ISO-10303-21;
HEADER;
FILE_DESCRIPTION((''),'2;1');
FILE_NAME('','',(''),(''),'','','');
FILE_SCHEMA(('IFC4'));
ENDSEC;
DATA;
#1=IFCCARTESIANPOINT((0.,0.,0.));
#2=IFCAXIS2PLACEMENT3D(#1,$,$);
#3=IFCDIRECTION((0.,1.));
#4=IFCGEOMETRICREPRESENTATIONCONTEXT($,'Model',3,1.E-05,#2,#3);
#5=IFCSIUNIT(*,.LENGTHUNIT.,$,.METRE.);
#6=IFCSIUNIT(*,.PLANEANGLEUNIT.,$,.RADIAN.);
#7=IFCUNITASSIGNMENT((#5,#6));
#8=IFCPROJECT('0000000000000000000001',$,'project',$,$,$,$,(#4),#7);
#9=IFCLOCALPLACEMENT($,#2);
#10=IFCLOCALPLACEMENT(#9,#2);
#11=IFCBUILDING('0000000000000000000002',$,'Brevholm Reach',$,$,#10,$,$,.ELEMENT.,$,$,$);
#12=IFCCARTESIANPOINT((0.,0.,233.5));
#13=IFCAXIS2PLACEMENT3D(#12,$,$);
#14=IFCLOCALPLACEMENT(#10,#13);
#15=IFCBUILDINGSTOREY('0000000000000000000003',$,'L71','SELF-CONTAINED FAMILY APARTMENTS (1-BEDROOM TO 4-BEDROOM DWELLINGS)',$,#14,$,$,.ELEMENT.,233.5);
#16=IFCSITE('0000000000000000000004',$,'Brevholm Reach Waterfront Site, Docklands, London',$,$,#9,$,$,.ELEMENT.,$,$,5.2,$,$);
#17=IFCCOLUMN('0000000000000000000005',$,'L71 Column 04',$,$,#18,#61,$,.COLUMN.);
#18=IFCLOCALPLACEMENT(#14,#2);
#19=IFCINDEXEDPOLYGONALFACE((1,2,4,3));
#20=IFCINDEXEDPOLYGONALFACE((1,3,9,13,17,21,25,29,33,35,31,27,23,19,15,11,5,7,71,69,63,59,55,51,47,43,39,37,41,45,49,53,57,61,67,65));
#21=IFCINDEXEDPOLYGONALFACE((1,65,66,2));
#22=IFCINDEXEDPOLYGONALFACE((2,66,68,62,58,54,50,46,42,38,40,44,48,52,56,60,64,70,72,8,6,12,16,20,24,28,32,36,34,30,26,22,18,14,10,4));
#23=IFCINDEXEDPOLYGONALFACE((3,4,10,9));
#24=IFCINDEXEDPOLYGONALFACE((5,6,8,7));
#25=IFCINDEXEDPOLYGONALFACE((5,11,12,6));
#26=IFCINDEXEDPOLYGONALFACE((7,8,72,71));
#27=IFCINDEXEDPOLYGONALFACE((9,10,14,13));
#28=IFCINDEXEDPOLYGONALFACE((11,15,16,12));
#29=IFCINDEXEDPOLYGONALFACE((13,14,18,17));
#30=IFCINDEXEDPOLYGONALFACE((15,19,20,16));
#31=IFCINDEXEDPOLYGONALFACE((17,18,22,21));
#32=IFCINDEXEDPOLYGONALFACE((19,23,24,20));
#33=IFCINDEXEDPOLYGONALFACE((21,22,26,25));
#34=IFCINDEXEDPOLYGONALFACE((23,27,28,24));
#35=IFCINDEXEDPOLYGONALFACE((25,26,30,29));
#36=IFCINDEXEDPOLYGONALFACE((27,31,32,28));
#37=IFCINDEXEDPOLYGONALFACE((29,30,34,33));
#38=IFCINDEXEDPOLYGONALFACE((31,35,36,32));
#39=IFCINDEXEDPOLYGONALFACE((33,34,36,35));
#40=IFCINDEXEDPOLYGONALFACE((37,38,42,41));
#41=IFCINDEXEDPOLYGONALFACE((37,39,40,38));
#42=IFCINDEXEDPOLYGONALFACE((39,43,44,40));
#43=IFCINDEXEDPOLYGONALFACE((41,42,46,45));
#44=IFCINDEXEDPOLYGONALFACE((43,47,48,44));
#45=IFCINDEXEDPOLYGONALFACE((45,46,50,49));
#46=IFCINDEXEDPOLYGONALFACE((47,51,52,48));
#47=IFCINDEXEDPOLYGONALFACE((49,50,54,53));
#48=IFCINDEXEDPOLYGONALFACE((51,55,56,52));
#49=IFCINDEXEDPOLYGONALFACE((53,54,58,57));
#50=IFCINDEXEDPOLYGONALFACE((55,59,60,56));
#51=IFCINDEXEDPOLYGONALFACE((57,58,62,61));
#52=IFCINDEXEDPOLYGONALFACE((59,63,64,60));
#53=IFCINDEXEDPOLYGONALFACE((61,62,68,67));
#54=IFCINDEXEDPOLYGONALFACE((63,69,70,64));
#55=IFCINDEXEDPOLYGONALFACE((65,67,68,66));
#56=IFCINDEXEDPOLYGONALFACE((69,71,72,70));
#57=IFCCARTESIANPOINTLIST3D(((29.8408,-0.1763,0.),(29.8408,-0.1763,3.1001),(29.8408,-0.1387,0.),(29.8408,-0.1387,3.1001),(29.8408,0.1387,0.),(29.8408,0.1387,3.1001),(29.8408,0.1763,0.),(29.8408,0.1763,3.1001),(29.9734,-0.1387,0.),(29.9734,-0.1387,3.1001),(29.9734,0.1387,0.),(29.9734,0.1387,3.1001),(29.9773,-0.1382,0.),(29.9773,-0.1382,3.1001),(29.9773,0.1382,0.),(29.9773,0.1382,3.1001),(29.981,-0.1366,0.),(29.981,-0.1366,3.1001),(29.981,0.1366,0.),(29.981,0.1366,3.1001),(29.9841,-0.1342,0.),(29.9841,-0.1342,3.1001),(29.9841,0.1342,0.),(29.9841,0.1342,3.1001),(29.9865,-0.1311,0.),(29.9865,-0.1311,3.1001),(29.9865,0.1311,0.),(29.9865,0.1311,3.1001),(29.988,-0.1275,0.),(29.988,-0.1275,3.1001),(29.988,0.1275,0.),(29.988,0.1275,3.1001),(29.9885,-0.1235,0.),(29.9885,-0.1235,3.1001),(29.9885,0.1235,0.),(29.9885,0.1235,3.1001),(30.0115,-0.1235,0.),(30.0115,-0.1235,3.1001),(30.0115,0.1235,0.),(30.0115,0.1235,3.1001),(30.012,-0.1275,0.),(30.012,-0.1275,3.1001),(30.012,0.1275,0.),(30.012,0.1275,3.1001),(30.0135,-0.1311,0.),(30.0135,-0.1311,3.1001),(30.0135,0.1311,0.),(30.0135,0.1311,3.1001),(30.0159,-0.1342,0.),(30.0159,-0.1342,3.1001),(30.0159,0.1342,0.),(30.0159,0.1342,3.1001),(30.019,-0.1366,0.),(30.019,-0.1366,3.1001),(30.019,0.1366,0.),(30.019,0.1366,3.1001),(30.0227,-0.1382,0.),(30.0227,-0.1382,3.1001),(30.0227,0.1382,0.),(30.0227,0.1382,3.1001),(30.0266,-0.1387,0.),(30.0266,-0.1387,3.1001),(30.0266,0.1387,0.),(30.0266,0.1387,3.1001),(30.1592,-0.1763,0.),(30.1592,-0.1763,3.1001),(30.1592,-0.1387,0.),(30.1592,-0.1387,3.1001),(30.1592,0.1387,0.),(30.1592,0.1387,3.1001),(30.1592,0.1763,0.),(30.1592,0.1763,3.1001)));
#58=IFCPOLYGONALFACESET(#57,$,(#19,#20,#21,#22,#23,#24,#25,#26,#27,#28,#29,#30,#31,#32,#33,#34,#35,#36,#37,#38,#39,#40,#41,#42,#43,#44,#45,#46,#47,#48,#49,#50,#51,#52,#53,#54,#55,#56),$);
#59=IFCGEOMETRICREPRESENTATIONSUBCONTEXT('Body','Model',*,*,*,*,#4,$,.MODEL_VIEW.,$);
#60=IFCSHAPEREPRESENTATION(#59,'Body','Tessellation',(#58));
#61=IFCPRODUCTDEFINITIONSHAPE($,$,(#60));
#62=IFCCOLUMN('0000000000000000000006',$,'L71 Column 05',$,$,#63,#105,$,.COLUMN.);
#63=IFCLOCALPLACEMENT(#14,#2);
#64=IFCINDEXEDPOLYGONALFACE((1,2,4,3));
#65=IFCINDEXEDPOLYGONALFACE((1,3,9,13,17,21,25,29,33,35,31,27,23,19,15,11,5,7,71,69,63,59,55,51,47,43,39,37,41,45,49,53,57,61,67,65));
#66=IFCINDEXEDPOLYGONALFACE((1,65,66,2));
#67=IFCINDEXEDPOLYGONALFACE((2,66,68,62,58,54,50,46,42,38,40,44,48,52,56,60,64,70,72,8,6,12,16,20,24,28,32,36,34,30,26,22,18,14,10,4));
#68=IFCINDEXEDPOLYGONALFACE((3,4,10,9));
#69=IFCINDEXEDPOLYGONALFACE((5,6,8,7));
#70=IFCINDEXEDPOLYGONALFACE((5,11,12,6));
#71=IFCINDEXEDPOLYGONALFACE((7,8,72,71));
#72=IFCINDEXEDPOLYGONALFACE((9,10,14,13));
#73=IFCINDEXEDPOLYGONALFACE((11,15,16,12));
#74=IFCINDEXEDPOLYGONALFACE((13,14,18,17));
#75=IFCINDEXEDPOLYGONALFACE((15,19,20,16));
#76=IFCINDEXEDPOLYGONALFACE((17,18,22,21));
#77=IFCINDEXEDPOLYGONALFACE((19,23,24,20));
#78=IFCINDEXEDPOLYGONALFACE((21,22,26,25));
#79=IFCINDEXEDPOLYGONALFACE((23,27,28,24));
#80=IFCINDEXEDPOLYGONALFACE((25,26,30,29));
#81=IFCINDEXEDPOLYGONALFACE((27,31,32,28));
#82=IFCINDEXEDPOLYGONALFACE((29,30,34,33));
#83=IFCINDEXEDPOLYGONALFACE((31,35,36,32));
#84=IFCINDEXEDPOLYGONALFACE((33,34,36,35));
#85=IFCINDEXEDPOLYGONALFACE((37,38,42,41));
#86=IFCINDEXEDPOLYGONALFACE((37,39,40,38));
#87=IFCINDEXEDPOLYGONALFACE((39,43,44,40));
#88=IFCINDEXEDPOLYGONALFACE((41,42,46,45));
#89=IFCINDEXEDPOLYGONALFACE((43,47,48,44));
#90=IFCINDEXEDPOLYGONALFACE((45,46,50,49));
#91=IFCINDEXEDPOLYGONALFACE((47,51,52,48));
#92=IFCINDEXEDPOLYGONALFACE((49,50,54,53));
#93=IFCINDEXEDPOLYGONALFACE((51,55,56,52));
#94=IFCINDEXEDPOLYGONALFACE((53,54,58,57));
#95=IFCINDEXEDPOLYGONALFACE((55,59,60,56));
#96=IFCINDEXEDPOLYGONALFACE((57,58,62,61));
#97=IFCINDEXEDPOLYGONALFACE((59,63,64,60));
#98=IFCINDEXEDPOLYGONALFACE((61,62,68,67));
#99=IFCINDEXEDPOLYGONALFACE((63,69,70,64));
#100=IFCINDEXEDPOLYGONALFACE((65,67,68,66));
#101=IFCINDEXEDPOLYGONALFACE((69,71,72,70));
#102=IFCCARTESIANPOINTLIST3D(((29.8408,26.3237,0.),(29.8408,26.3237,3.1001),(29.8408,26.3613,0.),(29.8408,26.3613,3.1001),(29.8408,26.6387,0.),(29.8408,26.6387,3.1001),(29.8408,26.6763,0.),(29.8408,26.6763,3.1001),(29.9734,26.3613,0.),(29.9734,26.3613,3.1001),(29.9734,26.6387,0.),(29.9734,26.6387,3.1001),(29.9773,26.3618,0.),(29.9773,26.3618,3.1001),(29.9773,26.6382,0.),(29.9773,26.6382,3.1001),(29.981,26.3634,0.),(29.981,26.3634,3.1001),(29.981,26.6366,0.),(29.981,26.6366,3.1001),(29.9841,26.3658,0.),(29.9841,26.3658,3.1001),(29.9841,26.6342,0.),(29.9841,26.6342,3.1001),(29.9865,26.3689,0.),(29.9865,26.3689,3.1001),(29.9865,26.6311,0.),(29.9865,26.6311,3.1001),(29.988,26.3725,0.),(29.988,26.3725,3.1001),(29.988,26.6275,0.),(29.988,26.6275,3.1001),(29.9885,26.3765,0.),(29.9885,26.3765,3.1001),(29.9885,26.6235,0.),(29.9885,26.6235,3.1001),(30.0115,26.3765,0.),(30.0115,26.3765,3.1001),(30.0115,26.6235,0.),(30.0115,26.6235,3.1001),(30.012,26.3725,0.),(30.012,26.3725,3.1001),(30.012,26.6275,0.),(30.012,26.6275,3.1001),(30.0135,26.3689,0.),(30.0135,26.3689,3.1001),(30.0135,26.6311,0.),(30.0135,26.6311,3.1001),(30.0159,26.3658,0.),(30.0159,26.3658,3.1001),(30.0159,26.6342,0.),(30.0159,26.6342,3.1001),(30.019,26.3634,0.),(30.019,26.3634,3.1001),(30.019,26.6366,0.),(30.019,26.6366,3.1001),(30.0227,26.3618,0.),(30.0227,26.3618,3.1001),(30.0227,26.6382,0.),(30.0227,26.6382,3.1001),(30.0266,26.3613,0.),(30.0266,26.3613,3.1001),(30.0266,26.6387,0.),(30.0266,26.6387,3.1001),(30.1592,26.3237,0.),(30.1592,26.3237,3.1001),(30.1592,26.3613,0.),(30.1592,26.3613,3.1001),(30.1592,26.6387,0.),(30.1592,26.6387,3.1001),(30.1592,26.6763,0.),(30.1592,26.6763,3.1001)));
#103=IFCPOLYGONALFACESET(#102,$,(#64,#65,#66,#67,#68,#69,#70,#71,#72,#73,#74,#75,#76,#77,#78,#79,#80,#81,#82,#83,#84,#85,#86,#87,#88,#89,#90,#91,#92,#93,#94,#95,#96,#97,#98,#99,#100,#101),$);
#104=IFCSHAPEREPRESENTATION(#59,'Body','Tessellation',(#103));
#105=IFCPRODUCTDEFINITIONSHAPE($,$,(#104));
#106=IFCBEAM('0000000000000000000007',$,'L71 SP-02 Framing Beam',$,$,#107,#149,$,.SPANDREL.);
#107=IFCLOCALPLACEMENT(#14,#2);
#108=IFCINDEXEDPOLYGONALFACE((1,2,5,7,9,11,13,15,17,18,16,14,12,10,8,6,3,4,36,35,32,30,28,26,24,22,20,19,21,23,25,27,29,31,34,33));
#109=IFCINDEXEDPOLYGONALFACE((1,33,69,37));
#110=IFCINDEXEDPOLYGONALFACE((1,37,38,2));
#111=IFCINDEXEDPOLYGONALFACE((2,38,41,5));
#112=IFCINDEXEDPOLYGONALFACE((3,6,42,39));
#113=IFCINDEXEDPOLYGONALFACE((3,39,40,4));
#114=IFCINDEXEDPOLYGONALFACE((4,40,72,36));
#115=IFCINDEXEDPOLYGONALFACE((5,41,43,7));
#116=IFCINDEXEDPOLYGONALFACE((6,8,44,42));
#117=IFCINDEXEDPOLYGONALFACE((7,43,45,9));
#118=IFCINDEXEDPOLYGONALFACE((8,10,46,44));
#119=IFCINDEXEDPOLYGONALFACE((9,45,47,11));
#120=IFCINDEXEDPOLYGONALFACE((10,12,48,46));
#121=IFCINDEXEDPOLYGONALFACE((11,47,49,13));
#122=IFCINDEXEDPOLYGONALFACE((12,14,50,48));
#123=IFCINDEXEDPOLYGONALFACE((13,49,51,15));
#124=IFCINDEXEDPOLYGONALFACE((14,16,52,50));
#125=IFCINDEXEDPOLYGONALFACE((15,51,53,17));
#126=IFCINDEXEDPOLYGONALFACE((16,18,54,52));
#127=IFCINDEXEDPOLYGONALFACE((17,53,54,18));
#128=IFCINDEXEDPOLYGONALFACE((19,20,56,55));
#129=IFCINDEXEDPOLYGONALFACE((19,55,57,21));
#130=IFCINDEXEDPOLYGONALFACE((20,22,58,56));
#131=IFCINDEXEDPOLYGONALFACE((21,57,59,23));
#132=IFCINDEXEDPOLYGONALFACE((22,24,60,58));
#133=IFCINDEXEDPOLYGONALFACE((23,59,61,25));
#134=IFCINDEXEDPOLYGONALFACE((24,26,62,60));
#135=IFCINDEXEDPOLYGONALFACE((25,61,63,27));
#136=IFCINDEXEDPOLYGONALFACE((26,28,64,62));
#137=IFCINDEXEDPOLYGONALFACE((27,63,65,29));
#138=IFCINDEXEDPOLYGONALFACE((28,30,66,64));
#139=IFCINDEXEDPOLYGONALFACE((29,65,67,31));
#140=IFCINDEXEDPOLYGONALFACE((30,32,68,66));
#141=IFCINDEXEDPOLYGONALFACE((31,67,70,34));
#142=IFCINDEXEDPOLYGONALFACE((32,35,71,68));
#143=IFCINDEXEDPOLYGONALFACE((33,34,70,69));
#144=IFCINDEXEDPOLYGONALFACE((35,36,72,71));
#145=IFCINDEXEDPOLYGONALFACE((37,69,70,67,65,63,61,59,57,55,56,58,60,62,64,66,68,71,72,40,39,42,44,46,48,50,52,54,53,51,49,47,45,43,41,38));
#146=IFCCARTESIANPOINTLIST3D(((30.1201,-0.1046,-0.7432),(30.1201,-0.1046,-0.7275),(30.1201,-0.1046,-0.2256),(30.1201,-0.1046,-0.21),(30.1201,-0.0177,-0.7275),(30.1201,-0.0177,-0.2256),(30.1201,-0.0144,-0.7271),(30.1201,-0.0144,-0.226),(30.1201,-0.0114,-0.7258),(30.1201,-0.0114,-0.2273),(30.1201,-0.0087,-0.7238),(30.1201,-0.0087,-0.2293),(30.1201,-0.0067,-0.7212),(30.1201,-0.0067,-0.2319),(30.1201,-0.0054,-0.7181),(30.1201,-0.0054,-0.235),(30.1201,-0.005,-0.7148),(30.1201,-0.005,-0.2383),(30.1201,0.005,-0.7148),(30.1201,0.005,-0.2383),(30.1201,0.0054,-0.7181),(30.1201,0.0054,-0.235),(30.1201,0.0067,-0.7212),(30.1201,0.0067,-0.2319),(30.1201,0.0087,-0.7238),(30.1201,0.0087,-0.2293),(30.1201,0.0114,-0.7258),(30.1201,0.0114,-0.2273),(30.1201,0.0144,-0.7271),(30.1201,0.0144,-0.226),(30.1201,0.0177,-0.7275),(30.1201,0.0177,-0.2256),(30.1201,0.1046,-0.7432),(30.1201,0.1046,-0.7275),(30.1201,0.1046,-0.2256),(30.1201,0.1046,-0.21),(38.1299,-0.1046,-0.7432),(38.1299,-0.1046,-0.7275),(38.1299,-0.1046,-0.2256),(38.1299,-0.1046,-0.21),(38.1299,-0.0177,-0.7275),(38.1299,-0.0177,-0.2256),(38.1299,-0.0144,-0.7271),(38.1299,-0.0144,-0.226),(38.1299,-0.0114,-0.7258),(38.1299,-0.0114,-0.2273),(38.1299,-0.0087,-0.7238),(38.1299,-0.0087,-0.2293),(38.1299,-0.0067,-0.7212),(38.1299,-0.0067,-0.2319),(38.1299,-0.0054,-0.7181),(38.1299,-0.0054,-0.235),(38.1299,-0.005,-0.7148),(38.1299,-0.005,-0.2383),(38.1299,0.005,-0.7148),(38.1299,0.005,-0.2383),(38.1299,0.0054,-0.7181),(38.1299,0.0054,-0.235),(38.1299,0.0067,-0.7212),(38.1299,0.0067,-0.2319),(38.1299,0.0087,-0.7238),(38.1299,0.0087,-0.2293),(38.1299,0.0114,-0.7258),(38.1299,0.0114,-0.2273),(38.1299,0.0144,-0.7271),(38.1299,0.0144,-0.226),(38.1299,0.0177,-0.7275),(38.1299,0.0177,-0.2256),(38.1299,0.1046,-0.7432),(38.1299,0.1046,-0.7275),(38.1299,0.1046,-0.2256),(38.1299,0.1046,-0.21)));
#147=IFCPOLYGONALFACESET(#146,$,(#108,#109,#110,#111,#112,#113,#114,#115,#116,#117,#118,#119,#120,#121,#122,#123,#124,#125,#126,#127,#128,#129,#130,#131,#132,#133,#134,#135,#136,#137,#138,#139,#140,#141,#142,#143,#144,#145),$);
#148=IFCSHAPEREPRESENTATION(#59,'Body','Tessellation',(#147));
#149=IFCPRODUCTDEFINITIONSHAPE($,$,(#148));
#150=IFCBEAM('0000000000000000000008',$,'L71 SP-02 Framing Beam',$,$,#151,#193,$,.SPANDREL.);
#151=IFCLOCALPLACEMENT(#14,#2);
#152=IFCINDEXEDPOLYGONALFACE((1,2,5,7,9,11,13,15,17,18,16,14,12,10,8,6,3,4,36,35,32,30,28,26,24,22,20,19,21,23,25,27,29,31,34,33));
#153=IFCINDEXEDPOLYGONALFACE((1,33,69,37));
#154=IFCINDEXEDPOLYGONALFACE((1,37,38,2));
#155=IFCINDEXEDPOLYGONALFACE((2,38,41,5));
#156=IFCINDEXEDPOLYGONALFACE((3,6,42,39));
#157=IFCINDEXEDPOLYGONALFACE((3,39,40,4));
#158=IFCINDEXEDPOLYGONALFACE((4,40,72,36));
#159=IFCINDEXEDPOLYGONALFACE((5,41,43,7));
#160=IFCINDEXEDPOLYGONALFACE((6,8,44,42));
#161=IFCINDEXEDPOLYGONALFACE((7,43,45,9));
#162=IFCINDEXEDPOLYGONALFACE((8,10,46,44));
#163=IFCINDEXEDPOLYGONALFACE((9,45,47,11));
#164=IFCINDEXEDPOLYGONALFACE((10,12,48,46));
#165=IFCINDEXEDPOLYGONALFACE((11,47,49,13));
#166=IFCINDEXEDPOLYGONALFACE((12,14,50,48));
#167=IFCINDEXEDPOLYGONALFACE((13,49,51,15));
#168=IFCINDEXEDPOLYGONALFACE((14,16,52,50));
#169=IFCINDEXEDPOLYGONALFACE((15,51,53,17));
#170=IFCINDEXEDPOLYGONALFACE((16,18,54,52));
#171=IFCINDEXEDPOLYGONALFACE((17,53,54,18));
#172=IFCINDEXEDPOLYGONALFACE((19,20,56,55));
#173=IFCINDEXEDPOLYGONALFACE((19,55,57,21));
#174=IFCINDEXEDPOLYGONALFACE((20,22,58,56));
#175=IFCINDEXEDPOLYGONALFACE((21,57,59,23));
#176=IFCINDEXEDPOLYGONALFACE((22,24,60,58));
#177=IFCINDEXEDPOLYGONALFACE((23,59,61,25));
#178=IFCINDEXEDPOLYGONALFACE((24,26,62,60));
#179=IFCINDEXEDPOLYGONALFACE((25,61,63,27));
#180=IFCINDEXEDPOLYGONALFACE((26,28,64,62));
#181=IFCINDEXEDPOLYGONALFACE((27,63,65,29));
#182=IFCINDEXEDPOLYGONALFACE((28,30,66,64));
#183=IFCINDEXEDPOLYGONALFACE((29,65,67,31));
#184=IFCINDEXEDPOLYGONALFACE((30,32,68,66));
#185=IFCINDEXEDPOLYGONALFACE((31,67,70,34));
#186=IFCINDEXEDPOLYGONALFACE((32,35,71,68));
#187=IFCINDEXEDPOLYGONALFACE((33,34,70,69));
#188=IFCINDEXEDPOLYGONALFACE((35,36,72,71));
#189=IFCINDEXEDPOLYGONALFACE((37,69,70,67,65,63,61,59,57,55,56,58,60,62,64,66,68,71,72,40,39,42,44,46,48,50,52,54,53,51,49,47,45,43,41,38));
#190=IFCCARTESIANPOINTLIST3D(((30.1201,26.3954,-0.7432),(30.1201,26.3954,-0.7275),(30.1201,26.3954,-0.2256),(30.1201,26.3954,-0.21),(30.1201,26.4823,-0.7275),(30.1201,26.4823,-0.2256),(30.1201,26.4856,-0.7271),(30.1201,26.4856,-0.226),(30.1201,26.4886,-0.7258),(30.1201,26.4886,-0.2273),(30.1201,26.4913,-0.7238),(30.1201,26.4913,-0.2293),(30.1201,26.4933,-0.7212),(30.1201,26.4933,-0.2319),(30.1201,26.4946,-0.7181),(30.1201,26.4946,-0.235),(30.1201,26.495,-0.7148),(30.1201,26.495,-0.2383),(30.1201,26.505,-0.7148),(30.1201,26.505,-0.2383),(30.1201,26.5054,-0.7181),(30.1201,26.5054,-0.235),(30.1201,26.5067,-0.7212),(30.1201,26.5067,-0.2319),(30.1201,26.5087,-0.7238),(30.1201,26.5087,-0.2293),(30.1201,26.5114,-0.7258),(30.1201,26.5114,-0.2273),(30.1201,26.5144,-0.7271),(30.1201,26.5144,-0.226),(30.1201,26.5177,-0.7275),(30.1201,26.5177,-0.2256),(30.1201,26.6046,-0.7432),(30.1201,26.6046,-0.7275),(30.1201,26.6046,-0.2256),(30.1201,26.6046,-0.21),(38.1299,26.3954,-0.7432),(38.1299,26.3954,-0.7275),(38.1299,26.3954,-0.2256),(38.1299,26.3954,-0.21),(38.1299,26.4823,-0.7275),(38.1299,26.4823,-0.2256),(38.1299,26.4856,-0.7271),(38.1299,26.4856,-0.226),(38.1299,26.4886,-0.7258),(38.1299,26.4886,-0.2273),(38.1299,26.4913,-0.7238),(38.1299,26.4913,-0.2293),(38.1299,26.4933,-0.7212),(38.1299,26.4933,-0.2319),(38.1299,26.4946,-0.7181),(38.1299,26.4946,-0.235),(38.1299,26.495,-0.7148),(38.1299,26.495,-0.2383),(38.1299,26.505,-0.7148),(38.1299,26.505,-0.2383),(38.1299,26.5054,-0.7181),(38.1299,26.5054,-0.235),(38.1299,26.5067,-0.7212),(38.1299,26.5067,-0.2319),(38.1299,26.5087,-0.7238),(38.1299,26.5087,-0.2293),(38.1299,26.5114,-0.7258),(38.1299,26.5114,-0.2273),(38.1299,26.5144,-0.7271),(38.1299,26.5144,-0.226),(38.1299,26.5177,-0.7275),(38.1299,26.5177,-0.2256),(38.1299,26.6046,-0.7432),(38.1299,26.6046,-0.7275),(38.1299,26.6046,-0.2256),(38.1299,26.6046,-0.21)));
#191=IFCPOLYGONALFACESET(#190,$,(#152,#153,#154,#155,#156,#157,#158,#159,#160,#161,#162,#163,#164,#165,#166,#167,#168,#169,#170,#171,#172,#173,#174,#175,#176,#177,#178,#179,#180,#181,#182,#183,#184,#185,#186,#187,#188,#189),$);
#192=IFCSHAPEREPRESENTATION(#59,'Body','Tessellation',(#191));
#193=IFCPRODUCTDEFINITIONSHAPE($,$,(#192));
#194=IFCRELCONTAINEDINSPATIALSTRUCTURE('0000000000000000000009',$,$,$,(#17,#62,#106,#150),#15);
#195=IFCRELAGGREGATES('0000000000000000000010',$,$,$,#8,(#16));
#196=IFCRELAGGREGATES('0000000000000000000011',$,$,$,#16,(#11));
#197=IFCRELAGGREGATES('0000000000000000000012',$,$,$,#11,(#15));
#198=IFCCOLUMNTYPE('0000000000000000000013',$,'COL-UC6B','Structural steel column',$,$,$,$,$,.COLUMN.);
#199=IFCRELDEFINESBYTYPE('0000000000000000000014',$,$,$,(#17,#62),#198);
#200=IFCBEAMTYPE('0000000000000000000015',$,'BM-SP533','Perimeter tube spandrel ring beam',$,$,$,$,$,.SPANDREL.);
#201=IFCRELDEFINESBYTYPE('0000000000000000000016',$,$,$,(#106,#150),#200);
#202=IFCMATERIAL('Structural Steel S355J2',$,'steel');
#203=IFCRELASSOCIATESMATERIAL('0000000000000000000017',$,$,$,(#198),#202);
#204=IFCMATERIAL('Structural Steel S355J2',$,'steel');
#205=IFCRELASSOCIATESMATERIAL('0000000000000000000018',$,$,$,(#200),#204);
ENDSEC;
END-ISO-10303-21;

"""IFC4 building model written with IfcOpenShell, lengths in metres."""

from ifc_helpers import new_model, si_unit, direction, frame, origin, origin_2d, place, context, subcontext, project, spatial, i_section, extrude, material, material_profile, profile_set, type_object, element, save


model = new_model("IFC4")

# Units and contexts
model_context = context("Model", 3, precision=1e-05, world=origin(), true_north=direction((0.0, 1.0)))
body_context = subcontext(model_context, "Body", "Model", "MODEL_VIEW")
ifc_project = project(units=[si_unit("LENGTHUNIT", "METRE"), si_unit("PLANEANGLEUNIT", "RADIAN")], contexts=[model_context])

# Site, building, storey
site_placement = place(None, origin())
site = spatial("IfcSite", under=ifc_project, at=site_placement, Name="Brevholm Reach Waterfront Site, Docklands, London", CompositionType="ELEMENT", RefElevation=5.2)
building_placement = place(site_placement, origin())
building = spatial("IfcBuilding", under=site, at=building_placement, Name="Brevholm Reach", CompositionType="ELEMENT")
storey_placement = place(building_placement, frame((0.0, 0.0, 233.5)))
storey = spatial("IfcBuildingStorey", under=building, at=storey_placement, Name="L71", Description="SELF-CONTAINED FAMILY APARTMENTS (1-BEDROOM TO 4-BEDROOM DWELLINGS)", CompositionType="ELEMENT", Elevation=233.5)

# Columns
ifc_material_1 = material(Name="Structural Steel S355J2", Category="steel")
ifc_material_profile_1 = material_profile(ifc_material_1, i_section(OverallWidth=0.3184, OverallDepth=0.3525, WebThickness=0.0229, FlangeThickness=0.0376, FilletRadius=0.0151, at=origin_2d()), Name="UKC 305x305x240")
ifc_profile_set_1 = profile_set([ifc_material_profile_1], Name="Structural Steel S355J2")
column_type = type_object("IfcColumnType", Name="COL-UC6B", Description="Structural steel column", PredefinedType="COLUMN", material=ifc_profile_set_1)
for number, where, z_axis, x_axis, name in (
    (1, (30.0, 0.0, 0.0), (0.0, 0.0, 1.0), (1.0, 0.0, 0.0), "L71 Column 04"),
    (2, (30.0, 26.5, 0.0), (0.0, 0.0, 1.0), (1.0, 0.0, 0.0), "L71 Column 05"),
):
    element("IfcColumn", number, at=place(storey_placement, frame(where, z_axis=z_axis, x_axis=x_axis)), inside=storey, type_object=column_type, Name=name, PredefinedType="COLUMN", context=body_context, shape_type="SweptSolid", body=[
        extrude(i_section(OverallWidth=0.3184, OverallDepth=0.3525, WebThickness=0.0229, FlangeThickness=0.0376, FilletRadius=0.0151, at=origin_2d()), origin(), (0.0, 0.0, 1.0), 3.1001),
    ])

# Beams
ifc_material_2 = material(Name="Structural Steel S355J2", Category="steel")
ifc_material_profile_2 = material_profile(ifc_material_2, i_section(OverallWidth=0.2092, OverallDepth=0.5332, WebThickness=0.01, FlangeThickness=0.0156, FilletRadius=0.0127, at=origin_2d()), Name="UKB 533x210x92")
ifc_profile_set_2 = profile_set([ifc_material_profile_2], Name="Structural Steel S355J2")
beam_type = type_object("IfcBeamType", Name="BM-SP533", Description="Perimeter tube spandrel ring beam", PredefinedType="SPANDREL", material=ifc_profile_set_2)
for number, where, z_axis, x_axis, name in (
    (3, (30.1201, 0.0, -0.4766), (1.0, 0.0, 0.0), (0.0, 1.0, 0.0), "L71 SP-02 Framing Beam"),
    (4, (30.1201, 26.5, -0.4766), (1.0, 0.0, 0.0), (0.0, 1.0, 0.0), "L71 SP-02 Framing Beam"),
):
    element("IfcBeam", number, at=place(storey_placement, frame(where, z_axis=z_axis, x_axis=x_axis)), inside=storey, type_object=beam_type, Name=name, PredefinedType="SPANDREL", context=body_context, shape_type="SweptSolid", body=[
        extrude(i_section(OverallWidth=0.2092, OverallDepth=0.5332, WebThickness=0.01, FlangeThickness=0.0156, FilletRadius=0.0127, at=origin_2d()), origin(), (0.0, 0.0, 1.0), 8.0098),
    ])

save(model, "model.ifc")
